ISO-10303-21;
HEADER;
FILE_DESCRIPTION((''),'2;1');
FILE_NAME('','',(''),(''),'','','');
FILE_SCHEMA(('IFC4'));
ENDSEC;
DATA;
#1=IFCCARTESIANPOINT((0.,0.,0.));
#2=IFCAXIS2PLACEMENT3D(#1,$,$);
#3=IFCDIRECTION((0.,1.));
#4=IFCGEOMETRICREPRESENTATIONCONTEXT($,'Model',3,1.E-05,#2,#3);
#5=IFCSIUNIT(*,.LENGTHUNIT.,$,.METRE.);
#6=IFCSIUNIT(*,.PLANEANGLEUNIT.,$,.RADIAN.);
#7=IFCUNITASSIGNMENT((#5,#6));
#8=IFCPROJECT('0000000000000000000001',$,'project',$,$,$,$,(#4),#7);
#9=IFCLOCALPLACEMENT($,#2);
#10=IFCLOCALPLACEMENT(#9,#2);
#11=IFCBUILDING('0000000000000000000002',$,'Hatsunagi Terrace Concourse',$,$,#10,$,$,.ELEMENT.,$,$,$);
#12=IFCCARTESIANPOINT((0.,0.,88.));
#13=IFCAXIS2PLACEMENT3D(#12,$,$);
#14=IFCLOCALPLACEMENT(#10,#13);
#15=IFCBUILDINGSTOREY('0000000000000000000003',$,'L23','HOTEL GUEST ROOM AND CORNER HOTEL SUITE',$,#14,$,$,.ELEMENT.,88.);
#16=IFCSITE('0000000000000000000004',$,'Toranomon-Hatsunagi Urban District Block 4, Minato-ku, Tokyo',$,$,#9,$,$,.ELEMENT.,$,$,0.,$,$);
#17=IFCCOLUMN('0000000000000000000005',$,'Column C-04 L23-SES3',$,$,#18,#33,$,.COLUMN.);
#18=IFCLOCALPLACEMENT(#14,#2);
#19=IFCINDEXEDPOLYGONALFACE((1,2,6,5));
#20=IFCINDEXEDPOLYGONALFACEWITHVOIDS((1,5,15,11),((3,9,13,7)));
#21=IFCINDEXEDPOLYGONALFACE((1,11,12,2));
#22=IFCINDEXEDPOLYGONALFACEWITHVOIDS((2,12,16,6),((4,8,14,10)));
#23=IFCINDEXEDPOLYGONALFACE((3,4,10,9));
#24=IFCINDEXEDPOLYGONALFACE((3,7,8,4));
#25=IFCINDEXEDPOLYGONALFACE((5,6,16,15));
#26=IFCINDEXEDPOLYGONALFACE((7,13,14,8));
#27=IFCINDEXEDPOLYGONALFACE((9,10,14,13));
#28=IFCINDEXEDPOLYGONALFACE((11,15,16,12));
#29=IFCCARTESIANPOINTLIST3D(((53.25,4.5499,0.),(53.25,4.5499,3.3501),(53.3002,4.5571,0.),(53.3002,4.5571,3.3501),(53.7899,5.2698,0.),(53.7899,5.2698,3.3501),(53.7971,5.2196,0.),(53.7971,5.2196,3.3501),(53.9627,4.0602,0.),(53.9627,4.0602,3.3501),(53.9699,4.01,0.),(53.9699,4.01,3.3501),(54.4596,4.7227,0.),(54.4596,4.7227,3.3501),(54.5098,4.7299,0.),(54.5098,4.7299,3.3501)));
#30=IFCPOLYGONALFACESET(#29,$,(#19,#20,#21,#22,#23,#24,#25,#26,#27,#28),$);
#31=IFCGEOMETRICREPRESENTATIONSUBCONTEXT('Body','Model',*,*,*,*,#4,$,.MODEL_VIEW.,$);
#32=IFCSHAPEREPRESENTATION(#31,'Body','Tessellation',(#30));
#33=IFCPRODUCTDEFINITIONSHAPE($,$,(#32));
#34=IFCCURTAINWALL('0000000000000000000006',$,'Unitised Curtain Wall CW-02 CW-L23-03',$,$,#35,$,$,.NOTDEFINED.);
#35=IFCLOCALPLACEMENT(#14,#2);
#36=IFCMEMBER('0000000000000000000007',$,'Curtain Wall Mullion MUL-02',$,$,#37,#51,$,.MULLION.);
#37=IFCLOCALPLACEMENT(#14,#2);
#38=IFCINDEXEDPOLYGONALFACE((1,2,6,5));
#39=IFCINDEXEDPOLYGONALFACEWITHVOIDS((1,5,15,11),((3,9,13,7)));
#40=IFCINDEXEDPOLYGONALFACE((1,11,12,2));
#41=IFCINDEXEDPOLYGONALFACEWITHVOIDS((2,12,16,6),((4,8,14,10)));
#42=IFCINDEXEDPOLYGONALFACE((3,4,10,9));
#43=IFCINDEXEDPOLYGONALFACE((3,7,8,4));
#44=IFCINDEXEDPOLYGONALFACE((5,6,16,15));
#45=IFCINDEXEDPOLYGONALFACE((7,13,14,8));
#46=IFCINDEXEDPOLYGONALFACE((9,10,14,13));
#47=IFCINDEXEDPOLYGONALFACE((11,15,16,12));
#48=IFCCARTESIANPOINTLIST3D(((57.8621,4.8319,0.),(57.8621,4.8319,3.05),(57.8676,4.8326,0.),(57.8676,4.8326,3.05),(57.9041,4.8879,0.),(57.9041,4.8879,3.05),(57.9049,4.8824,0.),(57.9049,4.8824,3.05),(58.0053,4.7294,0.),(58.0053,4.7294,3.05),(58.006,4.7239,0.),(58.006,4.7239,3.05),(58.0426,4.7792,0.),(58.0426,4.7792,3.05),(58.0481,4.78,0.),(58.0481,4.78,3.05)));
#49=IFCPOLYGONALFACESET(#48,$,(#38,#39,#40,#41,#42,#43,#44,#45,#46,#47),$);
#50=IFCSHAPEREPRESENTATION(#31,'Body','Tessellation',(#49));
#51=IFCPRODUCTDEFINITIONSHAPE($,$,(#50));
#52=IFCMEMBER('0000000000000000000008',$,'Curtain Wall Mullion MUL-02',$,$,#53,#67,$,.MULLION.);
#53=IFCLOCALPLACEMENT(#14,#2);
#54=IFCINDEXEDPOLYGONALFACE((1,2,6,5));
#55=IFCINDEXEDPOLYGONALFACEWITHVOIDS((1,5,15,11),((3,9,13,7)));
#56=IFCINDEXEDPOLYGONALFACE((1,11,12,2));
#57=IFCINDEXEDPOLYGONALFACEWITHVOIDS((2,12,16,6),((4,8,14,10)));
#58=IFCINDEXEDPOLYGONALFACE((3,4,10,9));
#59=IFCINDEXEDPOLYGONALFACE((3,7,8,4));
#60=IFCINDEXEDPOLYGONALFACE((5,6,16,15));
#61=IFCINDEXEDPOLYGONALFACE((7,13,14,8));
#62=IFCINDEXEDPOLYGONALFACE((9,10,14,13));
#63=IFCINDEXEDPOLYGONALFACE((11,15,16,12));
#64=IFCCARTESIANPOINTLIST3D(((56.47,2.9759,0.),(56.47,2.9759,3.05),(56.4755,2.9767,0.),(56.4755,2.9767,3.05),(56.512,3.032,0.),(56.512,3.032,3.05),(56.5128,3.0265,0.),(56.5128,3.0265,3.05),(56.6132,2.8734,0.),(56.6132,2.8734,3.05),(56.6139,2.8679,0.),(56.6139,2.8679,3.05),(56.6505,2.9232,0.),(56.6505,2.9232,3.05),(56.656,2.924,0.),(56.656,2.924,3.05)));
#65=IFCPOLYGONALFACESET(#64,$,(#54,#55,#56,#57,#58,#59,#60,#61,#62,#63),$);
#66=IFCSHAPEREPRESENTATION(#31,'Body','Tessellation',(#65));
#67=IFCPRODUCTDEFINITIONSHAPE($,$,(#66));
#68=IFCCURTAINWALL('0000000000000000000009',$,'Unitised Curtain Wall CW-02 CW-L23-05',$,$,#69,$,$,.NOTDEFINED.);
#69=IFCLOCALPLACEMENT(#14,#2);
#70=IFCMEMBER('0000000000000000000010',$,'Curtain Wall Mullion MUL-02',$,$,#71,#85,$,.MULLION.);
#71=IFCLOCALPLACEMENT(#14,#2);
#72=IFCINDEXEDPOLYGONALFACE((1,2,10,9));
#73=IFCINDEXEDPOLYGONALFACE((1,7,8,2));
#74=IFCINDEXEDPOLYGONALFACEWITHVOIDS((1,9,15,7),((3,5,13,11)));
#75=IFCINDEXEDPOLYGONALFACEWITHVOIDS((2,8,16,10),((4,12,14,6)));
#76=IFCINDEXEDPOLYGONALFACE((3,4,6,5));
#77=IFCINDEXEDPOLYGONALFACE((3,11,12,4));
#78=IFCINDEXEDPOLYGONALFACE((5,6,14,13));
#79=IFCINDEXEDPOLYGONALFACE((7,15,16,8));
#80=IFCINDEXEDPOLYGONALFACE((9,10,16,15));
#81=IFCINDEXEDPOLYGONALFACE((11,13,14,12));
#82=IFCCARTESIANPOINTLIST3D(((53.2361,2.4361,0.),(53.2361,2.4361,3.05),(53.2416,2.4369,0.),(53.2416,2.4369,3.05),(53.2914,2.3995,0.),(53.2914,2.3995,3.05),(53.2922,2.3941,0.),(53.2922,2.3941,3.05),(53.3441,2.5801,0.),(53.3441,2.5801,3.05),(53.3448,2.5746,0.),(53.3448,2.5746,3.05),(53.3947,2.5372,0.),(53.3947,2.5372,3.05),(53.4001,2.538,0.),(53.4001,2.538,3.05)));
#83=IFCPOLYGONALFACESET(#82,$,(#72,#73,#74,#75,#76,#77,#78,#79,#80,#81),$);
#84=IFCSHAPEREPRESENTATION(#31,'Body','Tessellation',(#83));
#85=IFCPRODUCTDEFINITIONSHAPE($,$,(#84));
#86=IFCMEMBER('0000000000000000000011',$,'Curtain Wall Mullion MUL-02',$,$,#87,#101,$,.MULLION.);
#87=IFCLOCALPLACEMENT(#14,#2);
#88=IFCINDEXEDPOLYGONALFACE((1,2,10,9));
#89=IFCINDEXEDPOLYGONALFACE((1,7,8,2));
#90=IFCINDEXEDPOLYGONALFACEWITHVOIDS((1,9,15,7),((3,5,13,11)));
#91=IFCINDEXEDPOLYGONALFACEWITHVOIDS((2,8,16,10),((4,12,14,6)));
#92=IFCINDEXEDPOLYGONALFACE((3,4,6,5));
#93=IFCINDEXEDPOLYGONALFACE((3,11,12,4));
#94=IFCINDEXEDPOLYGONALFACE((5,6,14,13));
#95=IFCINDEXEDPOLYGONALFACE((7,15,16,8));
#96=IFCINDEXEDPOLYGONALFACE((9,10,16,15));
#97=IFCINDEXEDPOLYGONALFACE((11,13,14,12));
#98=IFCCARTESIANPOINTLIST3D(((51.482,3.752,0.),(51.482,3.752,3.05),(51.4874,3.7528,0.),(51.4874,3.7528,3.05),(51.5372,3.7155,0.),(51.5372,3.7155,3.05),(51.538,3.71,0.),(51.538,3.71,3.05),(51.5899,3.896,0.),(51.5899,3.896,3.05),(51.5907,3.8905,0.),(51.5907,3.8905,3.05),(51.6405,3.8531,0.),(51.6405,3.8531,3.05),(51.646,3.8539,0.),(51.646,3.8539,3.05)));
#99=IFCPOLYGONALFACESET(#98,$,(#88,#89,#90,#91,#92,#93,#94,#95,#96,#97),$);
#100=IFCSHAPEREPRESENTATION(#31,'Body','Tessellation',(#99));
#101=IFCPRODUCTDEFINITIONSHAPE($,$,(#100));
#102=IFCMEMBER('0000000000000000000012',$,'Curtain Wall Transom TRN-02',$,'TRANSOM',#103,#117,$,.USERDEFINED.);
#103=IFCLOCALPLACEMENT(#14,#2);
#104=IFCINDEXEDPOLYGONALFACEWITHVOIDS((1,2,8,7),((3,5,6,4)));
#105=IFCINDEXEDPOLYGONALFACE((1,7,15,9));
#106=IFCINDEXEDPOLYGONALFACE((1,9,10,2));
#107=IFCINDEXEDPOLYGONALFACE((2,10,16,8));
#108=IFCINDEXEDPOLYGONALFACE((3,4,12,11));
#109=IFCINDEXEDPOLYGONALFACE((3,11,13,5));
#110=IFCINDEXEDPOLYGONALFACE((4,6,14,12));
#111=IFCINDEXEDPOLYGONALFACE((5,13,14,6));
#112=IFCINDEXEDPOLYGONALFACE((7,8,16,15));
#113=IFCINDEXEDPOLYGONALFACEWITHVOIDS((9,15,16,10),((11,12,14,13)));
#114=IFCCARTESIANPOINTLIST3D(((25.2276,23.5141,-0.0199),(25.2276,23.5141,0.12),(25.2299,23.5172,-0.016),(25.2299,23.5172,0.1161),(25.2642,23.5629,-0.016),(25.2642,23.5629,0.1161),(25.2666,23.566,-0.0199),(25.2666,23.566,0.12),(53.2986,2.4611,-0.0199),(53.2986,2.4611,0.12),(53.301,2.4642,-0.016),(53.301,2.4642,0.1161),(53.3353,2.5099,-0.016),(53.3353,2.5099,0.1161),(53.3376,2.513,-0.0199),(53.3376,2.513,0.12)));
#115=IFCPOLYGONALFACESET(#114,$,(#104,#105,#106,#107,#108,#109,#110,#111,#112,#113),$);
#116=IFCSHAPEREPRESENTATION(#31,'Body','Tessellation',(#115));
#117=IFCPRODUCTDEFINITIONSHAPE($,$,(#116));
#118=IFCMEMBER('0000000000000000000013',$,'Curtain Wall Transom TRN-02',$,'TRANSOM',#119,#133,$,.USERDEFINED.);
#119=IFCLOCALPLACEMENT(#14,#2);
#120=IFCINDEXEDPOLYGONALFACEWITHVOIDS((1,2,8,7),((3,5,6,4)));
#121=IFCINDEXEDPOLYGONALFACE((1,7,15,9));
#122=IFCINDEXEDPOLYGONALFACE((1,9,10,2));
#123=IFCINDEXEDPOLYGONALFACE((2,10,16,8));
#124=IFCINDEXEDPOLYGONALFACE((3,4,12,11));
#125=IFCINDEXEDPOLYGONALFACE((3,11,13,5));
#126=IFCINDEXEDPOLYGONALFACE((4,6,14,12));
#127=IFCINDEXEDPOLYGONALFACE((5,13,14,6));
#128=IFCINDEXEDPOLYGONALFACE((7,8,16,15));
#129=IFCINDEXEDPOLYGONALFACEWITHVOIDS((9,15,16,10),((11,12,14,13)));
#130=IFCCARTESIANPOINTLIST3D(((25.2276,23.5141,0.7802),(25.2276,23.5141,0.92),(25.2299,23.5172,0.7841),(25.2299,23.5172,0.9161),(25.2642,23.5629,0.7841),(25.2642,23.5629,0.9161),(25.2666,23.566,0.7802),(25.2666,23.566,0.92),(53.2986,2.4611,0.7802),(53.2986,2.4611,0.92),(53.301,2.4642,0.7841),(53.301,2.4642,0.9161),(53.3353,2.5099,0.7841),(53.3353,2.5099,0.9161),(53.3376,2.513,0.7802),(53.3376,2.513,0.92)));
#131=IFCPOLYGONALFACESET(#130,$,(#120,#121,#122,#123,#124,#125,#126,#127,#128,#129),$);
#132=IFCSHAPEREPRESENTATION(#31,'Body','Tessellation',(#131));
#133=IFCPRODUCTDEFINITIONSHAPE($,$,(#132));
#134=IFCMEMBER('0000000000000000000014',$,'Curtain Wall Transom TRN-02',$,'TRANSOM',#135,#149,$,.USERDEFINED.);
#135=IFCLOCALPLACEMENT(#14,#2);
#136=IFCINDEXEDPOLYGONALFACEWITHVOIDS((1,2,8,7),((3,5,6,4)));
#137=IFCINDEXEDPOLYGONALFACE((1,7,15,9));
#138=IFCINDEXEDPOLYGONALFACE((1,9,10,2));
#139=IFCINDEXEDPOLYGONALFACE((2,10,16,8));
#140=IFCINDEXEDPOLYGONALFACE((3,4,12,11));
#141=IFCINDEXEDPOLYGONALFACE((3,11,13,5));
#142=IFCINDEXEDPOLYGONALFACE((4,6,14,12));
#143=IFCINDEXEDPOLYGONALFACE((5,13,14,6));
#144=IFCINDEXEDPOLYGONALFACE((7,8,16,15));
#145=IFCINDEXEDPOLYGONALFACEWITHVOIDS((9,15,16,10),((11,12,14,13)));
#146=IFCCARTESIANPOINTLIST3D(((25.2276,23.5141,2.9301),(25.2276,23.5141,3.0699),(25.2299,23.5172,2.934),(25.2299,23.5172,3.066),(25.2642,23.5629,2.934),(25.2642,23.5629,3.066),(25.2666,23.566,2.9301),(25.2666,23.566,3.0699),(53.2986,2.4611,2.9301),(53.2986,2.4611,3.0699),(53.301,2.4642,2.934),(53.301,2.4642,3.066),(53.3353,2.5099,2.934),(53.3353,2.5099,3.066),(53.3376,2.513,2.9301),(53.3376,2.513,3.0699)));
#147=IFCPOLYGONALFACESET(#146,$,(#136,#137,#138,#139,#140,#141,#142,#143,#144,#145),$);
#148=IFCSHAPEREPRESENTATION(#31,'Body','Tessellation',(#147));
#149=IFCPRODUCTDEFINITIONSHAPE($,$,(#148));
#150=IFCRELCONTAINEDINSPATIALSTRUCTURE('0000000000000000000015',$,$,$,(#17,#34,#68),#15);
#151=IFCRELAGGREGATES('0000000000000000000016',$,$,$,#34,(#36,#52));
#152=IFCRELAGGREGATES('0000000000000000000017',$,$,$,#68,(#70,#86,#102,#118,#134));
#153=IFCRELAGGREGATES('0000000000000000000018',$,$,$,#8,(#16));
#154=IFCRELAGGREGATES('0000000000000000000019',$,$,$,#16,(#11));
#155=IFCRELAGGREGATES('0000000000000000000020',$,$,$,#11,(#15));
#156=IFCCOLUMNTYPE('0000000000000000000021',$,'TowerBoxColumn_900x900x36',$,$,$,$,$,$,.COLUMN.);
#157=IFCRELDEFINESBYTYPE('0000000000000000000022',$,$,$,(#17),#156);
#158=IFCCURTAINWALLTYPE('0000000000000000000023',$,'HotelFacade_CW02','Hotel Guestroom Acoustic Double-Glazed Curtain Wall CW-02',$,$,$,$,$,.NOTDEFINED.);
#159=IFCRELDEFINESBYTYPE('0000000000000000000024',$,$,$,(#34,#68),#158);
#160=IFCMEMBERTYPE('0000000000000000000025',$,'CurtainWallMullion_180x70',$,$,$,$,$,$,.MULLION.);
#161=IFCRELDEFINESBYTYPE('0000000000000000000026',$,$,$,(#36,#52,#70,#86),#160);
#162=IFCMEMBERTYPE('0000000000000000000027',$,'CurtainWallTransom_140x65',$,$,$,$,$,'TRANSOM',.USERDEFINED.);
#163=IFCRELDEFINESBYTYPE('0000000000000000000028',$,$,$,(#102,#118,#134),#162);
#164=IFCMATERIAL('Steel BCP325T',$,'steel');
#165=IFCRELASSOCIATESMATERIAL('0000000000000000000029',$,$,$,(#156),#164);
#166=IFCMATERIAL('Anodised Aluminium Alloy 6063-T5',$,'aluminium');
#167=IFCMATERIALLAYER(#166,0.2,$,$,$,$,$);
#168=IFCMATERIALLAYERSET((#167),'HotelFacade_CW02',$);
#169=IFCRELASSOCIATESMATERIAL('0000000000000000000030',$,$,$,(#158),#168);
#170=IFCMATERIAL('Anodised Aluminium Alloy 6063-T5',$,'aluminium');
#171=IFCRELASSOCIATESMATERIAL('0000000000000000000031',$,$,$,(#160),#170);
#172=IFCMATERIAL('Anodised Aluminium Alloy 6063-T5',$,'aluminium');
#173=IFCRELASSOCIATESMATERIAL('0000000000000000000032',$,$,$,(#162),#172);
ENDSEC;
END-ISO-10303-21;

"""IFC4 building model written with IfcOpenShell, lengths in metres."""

from ifc_helpers import new_model, si_unit, direction, frame, origin, origin_2d, place, context, subcontext, project, spatial, hollow_rectangle, extrude, material, layer, layer_set, material_profile, profile_set, type_object, element, aggregate, save


model = new_model("IFC4")

# Units and contexts
model_context = context("Model", 3, precision=1e-05, world=origin(), true_north=direction((0.0, 1.0)))
body_context = subcontext(model_context, "Body", "Model", "MODEL_VIEW")
ifc_project = project(units=[si_unit("LENGTHUNIT", "METRE"), si_unit("PLANEANGLEUNIT", "RADIAN")], contexts=[model_context])

# Site, building, storey
site_placement = place(None, origin())
site = spatial("IfcSite", under=ifc_project, at=site_placement, Name="Toranomon-Hatsunagi Urban District Block 4, Minato-ku, Tokyo", CompositionType="ELEMENT", RefElevation=0.0)
building_placement = place(site_placement, origin())
building = spatial("IfcBuilding", under=site, at=building_placement, Name="Hatsunagi Terrace Concourse", CompositionType="ELEMENT")
storey_placement = place(building_placement, frame((0.0, 0.0, 88.0)))
storey = spatial("IfcBuildingStorey", under=building, at=storey_placement, Name="L23", Description="HOTEL GUEST ROOM AND CORNER HOTEL SUITE", CompositionType="ELEMENT", Elevation=88.0)

# Column
ifc_material_1 = material(Name="Steel BCP325T", Category="steel")
ifc_material_profile_1 = material_profile(ifc_material_1, hollow_rectangle(XDim=0.8999, YDim=0.8999, WallThickness=0.0359, at=origin_2d()), Name="BCP-900x900x36")
ifc_profile_set_1 = profile_set([ifc_material_profile_1], Name="Steel BCP325T")
column_type = type_object("IfcColumnType", Name="TowerBoxColumn_900x900x36", PredefinedType="COLUMN", material=ifc_profile_set_1)
column_placement = place(storey_placement, frame((53.8799, 4.6399, 0.0), z_axis=(0.0, 0.0, 1.0), x_axis=(0.8, -0.6, 0.0)))
element("IfcColumn", 1, at=column_placement, inside=storey, type_object=column_type, Name="Column C-04 L23-SES3", PredefinedType="COLUMN", context=body_context, shape_type="SweptSolid", body=[
    extrude(hollow_rectangle(XDim=0.8999, YDim=0.8999, WallThickness=0.0359, at=origin_2d()), origin(), (0.0, 0.0, 1.0), 3.3501),
])

# Curtain walls, members
ifc_material_2 = material(Name="Anodised Aluminium Alloy 6063-T5", Category="aluminium")
ifc_layer_1 = layer(ifc_material_2, 0.2)
ifc_layer_set_1 = layer_set([ifc_layer_1], Name="HotelFacade_CW02")
curtain_wall_type = type_object("IfcCurtainWallType", Name="HotelFacade_CW02", Description="Hotel Guestroom Acoustic Double-Glazed Curtain Wall CW-02", PredefinedType="NOTDEFINED", material=ifc_layer_set_1)
curtain_wall_1_placement = place(storey_placement, origin())
curtain_wall_1 = element("IfcCurtainWall", 2, at=curtain_wall_1_placement, inside=storey, type_object=curtain_wall_type, Name="Unitised Curtain Wall CW-02 CW-L23-03", PredefinedType="NOTDEFINED")
ifc_material_3 = material(Name="Anodised Aluminium Alloy 6063-T5", Category="aluminium")
ifc_material_profile_2 = material_profile(ifc_material_3, hollow_rectangle(XDim=0.0701, YDim=0.1799, WallThickness=0.0039, at=origin_2d()), Name="ALU-MUL-180x70x4")
ifc_profile_set_2 = profile_set([ifc_material_profile_2], Name="Anodised Aluminium Alloy 6063-T5")
member_type_1 = type_object("IfcMemberType", Name="CurtainWallMullion_180x70", PredefinedType="MULLION", material=ifc_profile_set_2)
member_1_placement = place(storey_placement, frame((57.9551, 4.8059, 0.0), z_axis=(0.0, 0.0, 1.0), x_axis=(-0.599969, -0.800023, 0.0)))
member_1 = element("IfcMember", 3, at=member_1_placement, type_object=member_type_1, Name="Curtain Wall Mullion MUL-02", PredefinedType="MULLION", context=body_context, shape_type="SweptSolid", body=[
    extrude(hollow_rectangle(XDim=0.0701, YDim=0.1799, WallThickness=0.0039, at=origin_2d()), origin(), (0.0, 0.0, 1.0), 3.05),
])
member_2_placement = place(storey_placement, frame((56.563, 2.95, 0.0), z_axis=(0.0, 0.0, 1.0), x_axis=(-0.599969, -0.800023, 0.0)))
member_2 = element("IfcMember", 4, at=member_2_placement, type_object=member_type_1, Name="Curtain Wall Mullion MUL-02", PredefinedType="MULLION", context=body_context, shape_type="SweptSolid", body=[
    extrude(hollow_rectangle(XDim=0.0701, YDim=0.1799, WallThickness=0.0039, at=origin_2d()), origin(), (0.0, 0.0, 1.0), 3.05),
])
curtain_wall_2_placement = place(storey_placement, origin())
curtain_wall_2 = element("IfcCurtainWall", 5, at=curtain_wall_2_placement, inside=storey, type_object=curtain_wall_type, Name="Unitised Curtain Wall CW-02 CW-L23-05", PredefinedType="NOTDEFINED")
member_3_placement = place(storey_placement, frame((53.3181, 2.4871, 0.0), z_axis=(0.0, 0.0, 1.0), x_axis=(-0.800003, 0.599996, 0.0)))
member_3 = element("IfcMember", 6, at=member_3_placement, type_object=member_type_1, Name="Curtain Wall Mullion MUL-02", PredefinedType="MULLION", context=body_context, shape_type="SweptSolid", body=[
    extrude(hollow_rectangle(XDim=0.0701, YDim=0.1799, WallThickness=0.0039, at=origin_2d()), origin(), (0.0, 0.0, 1.0), 3.05),
])
member_4_placement = place(storey_placement, frame((51.564, 3.803, 0.0), z_axis=(0.0, 0.0, 1.0), x_axis=(-0.800003, 0.599996, 0.0)))
member_4 = element("IfcMember", 7, at=member_4_placement, type_object=member_type_1, Name="Curtain Wall Mullion MUL-02", PredefinedType="MULLION", context=body_context, shape_type="SweptSolid", body=[
    extrude(hollow_rectangle(XDim=0.0701, YDim=0.1799, WallThickness=0.0039, at=origin_2d()), origin(), (0.0, 0.0, 1.0), 3.05),
])
ifc_material_4 = material(Name="Anodised Aluminium Alloy 6063-T5", Category="aluminium")
ifc_material_profile_3 = material_profile(ifc_material_4, hollow_rectangle(XDim=0.0649, YDim=0.1399, WallThickness=0.0039, at=origin_2d()), Name="ALU-TRN-140x65x4")
ifc_profile_set_3 = profile_set([ifc_material_profile_3], Name="Anodised Aluminium Alloy 6063-T5")
member_type_2 = type_object("IfcMemberType", Name="CurtainWallTransom_140x65", ElementType="TRANSOM", PredefinedType="USERDEFINED", material=ifc_profile_set_3)
member_5_placement = place(storey_placement, frame((53.3181, 2.4871, 0.05), z_axis=(-0.800004, 0.599994, 0.0), x_axis=(-0.599994, -0.800004, 0.0)))
member_5 = element("IfcMember", 8, at=member_5_placement, type_object=member_type_2, Name="Curtain Wall Transom TRN-02", ObjectType="TRANSOM", PredefinedType="USERDEFINED", context=body_context, shape_type="SweptSolid", body=[
    extrude(hollow_rectangle(XDim=0.0649, YDim=0.1399, WallThickness=0.0039, at=origin_2d()), origin(), (0.0, 0.0, 1.0), 35.0886),
])
member_6_placement = place(storey_placement, frame((53.3181, 2.4871, 0.8501), z_axis=(-0.800004, 0.599994, 0.0), x_axis=(-0.599994, -0.800004, 0.0)))
member_6 = element("IfcMember", 9, at=member_6_placement, type_object=member_type_2, Name="Curtain Wall Transom TRN-02", ObjectType="TRANSOM", PredefinedType="USERDEFINED", context=body_context, shape_type="SweptSolid", body=[
    extrude(hollow_rectangle(XDim=0.0649, YDim=0.1399, WallThickness=0.0039, at=origin_2d()), origin(), (0.0, 0.0, 1.0), 35.0886),
])
member_7_placement = place(storey_placement, frame((53.3181, 2.4871, 3.0), z_axis=(-0.800004, 0.599994, 0.0), x_axis=(-0.599994, -0.800004, 0.0)))
member_7 = element("IfcMember", 10, at=member_7_placement, type_object=member_type_2, Name="Curtain Wall Transom TRN-02", ObjectType="TRANSOM", PredefinedType="USERDEFINED", context=body_context, shape_type="SweptSolid", body=[
    extrude(hollow_rectangle(XDim=0.0649, YDim=0.1399, WallThickness=0.0039, at=origin_2d()), origin(), (0.0, 0.0, 1.0), 35.0886),
])

aggregate(curtain_wall_1, [member_1, member_2])
aggregate(curtain_wall_2, [member_3, member_4, member_5, member_6, member_7])

save(model, "model.ifc")
